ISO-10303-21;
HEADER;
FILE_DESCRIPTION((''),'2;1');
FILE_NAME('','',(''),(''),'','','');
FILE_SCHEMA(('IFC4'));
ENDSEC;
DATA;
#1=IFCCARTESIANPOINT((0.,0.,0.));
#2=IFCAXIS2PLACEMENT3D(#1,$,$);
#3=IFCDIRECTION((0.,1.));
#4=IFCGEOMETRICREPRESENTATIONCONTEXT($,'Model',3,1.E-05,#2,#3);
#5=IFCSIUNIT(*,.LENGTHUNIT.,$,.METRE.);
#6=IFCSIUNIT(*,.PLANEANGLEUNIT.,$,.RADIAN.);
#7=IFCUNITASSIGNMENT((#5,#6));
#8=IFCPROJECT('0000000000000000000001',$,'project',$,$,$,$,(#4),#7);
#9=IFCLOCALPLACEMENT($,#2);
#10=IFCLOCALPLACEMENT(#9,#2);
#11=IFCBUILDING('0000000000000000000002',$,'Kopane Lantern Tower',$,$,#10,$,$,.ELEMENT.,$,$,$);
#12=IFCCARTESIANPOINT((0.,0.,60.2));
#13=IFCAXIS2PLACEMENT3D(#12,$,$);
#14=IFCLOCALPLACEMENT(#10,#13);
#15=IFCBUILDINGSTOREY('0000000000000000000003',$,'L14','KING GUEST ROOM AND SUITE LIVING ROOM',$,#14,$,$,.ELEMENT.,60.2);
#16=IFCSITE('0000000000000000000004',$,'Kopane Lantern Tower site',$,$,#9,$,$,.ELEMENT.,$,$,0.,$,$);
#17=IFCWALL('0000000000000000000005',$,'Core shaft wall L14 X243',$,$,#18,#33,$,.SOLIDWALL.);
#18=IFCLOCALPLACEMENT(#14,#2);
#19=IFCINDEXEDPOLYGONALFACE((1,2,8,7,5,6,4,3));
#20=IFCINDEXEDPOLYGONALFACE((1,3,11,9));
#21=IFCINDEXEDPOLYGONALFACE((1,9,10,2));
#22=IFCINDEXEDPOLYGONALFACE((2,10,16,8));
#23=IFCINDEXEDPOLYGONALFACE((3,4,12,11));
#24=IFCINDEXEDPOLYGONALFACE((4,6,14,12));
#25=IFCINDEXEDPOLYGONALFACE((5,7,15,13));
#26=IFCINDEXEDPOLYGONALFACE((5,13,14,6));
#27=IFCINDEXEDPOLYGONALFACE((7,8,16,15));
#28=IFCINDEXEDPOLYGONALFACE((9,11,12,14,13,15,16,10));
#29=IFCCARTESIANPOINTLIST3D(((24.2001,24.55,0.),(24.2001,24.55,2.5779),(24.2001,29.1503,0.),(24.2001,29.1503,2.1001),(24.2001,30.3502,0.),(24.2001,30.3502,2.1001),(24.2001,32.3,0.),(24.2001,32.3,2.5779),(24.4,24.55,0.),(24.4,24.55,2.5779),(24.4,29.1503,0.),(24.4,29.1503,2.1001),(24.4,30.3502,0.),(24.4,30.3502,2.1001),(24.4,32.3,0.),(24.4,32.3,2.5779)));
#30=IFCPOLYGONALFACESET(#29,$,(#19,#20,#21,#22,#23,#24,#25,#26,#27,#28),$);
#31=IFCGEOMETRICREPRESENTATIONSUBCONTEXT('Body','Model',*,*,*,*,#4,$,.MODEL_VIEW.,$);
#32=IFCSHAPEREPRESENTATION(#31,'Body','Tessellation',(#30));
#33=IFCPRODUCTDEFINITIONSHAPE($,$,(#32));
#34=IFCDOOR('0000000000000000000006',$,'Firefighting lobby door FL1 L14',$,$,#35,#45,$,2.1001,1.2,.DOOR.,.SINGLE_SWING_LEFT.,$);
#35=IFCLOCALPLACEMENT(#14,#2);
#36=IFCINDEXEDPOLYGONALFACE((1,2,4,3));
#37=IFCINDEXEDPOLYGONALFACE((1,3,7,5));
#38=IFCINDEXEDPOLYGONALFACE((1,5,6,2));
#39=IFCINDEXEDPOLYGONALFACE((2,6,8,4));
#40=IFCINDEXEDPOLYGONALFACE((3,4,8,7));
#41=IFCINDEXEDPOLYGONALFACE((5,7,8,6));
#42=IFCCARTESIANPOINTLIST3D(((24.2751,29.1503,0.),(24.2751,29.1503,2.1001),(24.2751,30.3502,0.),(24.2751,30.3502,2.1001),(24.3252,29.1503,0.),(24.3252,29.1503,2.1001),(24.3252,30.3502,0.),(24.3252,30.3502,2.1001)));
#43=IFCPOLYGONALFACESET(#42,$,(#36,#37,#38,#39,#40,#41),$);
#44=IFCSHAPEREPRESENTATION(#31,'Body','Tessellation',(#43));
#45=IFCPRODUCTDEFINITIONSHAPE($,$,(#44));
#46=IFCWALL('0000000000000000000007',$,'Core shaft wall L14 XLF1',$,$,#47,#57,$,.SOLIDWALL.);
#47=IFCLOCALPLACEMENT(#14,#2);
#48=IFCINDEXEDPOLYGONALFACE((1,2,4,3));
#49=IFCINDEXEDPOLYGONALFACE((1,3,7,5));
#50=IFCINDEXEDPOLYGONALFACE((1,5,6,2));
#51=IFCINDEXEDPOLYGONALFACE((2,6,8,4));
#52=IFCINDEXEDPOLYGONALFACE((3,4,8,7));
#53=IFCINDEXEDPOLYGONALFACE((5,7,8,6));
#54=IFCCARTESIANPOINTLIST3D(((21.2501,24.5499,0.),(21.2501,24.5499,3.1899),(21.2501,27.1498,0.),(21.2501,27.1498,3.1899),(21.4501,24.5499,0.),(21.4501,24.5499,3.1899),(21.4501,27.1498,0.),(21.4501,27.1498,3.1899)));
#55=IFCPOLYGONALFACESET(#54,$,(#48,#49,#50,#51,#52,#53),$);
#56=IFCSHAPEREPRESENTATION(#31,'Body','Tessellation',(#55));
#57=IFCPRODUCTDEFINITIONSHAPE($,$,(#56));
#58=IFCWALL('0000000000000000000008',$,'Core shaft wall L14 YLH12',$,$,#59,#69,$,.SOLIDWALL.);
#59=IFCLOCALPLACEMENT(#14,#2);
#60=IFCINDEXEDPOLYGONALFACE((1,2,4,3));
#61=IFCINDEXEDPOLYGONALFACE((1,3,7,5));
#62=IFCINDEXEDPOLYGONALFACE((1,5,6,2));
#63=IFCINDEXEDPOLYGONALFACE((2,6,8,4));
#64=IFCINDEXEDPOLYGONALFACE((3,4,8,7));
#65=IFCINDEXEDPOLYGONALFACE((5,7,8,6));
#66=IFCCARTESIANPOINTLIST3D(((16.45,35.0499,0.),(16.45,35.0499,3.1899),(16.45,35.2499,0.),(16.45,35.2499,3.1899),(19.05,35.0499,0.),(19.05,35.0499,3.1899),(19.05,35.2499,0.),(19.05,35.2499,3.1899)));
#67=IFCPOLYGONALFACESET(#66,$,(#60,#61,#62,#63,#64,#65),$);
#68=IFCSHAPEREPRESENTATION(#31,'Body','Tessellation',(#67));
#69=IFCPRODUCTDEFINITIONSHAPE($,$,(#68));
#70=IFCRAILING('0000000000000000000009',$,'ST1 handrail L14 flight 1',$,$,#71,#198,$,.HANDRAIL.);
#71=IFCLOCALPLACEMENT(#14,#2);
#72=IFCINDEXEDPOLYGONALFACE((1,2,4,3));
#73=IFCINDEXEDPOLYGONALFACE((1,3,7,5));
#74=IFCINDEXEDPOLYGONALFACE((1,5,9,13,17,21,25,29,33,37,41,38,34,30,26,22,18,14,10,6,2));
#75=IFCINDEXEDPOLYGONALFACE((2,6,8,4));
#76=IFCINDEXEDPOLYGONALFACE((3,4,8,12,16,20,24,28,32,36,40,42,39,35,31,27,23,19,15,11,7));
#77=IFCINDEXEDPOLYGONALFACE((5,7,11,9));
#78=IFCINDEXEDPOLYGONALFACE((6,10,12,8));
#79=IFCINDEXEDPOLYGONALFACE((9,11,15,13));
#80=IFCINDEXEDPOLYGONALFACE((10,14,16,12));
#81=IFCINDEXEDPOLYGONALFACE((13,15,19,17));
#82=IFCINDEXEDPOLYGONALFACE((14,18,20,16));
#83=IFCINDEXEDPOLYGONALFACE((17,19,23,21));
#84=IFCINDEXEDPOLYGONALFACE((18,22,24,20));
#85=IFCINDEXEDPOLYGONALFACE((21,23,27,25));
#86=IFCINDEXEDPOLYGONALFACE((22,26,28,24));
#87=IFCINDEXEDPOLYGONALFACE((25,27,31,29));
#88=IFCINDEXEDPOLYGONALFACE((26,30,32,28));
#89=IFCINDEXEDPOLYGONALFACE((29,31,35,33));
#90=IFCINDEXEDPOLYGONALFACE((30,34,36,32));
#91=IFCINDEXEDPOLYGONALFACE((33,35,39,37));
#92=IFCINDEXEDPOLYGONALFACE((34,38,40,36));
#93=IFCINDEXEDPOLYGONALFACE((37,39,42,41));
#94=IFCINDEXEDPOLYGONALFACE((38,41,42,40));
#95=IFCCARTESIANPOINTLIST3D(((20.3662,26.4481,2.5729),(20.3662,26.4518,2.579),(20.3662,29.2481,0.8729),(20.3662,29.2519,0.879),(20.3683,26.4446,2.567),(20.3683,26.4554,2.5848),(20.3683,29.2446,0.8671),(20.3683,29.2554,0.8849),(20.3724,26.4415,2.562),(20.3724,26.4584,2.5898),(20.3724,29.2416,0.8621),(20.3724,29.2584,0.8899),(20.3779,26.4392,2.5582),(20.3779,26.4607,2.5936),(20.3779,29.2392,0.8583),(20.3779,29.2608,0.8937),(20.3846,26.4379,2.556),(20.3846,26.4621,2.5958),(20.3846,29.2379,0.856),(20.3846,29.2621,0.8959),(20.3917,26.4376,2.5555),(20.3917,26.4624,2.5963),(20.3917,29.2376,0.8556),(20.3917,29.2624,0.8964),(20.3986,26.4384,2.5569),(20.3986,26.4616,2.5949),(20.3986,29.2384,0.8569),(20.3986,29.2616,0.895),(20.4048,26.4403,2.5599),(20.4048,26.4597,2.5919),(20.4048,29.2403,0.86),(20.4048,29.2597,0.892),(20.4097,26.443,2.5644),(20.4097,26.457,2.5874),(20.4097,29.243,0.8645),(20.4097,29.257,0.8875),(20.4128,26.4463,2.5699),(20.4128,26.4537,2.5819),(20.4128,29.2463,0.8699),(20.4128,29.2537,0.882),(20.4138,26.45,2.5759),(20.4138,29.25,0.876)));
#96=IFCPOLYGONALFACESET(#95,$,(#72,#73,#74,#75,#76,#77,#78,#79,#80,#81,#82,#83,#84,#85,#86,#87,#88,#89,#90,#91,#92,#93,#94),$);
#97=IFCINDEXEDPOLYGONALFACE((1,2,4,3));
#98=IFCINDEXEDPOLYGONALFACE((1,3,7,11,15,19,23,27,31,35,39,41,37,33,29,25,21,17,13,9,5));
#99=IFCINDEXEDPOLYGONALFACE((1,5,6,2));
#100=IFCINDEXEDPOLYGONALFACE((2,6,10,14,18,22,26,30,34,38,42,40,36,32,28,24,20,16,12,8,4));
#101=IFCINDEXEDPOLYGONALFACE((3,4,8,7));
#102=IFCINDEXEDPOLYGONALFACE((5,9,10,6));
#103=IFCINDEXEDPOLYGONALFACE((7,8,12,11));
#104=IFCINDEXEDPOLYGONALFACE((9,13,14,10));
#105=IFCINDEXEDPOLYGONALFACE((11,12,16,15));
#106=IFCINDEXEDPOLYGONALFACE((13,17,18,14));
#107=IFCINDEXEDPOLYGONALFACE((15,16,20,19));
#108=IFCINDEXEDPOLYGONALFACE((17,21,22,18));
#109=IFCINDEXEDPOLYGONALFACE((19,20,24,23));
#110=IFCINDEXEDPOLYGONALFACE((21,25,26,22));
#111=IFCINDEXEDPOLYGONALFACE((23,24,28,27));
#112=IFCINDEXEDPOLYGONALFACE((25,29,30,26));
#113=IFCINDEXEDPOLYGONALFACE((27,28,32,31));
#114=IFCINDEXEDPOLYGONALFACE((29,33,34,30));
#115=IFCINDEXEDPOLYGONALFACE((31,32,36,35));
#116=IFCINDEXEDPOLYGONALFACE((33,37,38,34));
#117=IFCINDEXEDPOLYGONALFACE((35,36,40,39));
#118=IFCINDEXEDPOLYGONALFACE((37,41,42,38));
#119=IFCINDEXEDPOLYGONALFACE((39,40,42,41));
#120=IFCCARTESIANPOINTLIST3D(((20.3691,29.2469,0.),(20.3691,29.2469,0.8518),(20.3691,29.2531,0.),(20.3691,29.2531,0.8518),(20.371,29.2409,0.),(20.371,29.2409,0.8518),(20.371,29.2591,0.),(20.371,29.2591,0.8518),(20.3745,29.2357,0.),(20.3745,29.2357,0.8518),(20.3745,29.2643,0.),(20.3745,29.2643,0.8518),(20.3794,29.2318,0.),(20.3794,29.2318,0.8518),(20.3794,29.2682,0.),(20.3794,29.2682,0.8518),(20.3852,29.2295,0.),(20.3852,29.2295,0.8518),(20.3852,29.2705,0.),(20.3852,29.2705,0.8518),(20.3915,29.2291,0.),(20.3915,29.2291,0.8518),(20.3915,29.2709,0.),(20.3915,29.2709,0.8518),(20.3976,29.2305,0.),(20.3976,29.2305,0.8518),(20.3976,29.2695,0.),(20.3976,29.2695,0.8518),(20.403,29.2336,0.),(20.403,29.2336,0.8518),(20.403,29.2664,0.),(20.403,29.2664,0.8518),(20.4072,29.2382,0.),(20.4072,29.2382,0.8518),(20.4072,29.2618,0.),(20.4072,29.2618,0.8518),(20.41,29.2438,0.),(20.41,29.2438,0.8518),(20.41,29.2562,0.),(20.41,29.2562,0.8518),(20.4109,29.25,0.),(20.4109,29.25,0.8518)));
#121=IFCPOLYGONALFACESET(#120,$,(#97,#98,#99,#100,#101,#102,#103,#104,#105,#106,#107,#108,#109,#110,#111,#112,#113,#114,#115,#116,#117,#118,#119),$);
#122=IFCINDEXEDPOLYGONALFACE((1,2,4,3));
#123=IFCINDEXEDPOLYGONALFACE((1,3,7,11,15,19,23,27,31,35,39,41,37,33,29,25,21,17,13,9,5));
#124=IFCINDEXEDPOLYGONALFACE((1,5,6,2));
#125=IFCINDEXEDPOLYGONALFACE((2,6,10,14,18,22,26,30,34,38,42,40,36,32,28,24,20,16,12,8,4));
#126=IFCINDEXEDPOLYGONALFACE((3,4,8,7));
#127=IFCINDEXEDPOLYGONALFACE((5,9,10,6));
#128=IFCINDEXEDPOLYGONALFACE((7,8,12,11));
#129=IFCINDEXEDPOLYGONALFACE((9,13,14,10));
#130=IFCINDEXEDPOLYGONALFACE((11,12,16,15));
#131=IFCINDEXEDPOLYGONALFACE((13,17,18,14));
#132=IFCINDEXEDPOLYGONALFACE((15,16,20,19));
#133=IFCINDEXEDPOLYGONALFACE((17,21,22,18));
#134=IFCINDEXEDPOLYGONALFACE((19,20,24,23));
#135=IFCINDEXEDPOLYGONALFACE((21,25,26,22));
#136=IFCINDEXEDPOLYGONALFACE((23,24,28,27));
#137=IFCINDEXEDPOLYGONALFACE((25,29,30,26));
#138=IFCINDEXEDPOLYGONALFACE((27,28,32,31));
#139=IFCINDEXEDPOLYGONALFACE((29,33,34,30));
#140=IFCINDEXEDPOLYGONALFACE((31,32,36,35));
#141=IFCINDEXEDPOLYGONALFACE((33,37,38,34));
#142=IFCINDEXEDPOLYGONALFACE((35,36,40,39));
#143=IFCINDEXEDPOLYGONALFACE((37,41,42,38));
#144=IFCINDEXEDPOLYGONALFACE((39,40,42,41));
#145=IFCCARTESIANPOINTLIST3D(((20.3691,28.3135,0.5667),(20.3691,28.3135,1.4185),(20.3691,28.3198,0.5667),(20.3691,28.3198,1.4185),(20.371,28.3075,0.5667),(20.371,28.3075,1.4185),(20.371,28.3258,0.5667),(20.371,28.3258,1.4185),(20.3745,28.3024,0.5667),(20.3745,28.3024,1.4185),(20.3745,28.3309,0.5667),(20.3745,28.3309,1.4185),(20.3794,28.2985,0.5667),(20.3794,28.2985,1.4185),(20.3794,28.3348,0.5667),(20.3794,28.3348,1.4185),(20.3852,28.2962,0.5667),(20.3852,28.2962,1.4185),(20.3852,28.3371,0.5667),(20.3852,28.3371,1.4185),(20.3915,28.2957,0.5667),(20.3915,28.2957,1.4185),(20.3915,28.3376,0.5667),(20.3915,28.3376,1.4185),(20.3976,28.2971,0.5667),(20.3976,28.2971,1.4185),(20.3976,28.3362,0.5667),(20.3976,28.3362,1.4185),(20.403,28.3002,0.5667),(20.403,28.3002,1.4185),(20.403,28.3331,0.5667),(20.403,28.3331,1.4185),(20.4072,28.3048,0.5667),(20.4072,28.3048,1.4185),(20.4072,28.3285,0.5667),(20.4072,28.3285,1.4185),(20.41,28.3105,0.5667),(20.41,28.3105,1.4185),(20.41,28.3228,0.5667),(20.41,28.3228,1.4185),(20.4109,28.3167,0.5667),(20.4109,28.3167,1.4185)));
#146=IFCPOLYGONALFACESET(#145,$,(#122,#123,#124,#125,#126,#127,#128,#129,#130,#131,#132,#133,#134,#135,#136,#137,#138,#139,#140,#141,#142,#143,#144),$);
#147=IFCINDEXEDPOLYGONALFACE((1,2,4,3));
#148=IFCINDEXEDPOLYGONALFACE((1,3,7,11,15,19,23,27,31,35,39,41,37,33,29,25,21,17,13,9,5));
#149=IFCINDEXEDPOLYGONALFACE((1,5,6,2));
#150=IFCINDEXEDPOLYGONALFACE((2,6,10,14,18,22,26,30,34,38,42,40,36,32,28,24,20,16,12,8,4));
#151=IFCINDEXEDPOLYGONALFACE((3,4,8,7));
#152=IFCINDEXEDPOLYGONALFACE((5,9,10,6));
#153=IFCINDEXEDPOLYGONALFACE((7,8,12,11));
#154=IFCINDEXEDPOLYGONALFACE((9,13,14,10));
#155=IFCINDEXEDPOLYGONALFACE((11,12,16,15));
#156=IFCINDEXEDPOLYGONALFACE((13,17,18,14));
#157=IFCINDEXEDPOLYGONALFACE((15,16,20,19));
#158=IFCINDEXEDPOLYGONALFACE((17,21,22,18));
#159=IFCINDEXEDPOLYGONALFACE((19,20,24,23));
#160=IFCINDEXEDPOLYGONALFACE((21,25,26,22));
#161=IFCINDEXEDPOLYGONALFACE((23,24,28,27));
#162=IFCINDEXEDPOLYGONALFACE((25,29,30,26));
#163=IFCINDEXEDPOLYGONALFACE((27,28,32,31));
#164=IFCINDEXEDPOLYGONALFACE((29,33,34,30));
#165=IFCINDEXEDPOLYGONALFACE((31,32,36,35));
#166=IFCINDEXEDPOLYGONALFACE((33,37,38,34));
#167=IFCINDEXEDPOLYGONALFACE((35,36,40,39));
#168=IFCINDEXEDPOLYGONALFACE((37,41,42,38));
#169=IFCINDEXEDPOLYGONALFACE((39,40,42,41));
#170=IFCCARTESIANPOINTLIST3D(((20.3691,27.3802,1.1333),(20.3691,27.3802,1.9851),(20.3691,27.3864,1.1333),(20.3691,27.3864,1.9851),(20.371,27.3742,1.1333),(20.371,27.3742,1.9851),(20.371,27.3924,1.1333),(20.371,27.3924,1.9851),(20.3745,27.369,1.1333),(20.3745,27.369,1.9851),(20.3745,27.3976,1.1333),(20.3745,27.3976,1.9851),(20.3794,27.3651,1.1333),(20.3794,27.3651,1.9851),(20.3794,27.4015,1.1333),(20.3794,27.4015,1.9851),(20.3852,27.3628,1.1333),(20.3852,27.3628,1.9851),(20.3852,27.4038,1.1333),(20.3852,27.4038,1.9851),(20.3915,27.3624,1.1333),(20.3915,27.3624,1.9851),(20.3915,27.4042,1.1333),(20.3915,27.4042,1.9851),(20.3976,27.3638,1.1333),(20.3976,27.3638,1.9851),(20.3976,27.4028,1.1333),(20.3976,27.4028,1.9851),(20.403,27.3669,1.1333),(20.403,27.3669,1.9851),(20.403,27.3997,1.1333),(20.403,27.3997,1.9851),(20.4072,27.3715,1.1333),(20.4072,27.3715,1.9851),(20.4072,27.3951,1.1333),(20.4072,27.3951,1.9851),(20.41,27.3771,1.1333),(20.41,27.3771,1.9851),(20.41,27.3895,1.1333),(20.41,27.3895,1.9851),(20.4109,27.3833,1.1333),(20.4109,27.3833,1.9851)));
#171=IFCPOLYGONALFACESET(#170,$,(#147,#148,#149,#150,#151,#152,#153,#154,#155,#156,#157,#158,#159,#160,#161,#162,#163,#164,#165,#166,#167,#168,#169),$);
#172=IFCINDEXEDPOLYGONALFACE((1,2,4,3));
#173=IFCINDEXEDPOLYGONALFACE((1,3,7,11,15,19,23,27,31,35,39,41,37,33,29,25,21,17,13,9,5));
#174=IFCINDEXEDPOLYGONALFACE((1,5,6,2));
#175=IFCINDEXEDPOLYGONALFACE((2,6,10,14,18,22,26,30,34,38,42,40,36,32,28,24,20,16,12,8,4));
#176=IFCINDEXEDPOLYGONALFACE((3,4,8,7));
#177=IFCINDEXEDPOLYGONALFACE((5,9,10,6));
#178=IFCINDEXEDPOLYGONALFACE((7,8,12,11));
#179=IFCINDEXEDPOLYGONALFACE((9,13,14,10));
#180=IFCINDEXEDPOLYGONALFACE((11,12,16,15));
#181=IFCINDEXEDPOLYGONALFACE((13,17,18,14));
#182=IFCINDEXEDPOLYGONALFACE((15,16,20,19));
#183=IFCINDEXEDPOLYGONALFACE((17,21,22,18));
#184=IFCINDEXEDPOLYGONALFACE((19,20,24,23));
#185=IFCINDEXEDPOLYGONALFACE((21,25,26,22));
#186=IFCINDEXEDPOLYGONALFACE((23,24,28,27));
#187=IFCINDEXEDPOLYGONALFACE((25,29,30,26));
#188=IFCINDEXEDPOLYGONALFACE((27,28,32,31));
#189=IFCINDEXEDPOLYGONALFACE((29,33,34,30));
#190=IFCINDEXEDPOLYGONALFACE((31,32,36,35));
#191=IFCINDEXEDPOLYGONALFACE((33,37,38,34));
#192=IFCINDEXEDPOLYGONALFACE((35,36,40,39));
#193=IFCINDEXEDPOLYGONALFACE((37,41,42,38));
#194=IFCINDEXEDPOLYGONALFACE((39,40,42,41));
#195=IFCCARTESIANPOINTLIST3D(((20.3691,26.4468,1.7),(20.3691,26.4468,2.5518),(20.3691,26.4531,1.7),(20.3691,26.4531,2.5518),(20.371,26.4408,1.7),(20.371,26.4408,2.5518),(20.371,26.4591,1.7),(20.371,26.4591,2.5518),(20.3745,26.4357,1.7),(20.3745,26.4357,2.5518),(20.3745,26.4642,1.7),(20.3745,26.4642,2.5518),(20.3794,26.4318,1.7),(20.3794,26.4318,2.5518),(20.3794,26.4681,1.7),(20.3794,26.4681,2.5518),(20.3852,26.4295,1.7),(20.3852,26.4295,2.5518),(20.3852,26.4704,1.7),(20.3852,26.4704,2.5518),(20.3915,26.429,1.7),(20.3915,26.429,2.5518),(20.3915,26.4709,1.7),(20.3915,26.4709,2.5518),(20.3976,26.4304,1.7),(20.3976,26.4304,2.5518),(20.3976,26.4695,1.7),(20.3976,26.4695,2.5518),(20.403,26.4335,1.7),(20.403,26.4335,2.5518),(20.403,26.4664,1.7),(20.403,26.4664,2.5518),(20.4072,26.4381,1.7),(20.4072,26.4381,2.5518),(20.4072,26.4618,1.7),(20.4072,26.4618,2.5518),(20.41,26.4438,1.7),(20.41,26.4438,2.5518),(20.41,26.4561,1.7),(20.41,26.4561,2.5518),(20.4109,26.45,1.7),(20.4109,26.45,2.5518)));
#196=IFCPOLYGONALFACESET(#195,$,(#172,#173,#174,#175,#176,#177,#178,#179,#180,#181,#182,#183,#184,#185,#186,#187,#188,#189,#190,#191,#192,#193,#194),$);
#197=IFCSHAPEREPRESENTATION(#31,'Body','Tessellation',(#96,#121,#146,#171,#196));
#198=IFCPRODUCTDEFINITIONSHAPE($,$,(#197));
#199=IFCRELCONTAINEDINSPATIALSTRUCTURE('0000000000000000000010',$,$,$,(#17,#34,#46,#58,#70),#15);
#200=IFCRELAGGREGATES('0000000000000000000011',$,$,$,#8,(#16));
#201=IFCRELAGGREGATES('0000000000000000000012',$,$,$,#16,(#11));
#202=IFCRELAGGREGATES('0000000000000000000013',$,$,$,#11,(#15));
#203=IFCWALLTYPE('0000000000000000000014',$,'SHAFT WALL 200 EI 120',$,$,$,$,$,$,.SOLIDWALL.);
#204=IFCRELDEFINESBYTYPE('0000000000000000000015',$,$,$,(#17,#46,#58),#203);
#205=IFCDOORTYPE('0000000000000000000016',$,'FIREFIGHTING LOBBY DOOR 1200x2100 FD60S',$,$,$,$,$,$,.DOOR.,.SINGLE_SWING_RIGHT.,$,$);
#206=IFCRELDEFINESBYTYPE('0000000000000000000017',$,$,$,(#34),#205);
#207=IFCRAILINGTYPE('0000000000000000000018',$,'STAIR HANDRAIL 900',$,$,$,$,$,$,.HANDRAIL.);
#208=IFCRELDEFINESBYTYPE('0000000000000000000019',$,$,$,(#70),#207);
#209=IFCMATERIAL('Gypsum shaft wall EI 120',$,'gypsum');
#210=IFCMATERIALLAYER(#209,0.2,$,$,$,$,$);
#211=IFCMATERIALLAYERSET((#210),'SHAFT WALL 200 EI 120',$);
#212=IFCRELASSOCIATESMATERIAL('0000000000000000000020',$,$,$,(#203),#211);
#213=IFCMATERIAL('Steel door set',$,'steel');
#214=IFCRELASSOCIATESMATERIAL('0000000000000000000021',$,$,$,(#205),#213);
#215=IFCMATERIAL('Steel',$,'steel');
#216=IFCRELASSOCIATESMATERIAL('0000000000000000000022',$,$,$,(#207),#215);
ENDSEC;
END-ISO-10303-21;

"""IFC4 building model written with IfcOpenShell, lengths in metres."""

from ifc_helpers import new_model, si_unit, direction, frame, frame_2d, origin, origin_2d, place, context, subcontext, project, spatial, rectangle, circle, extrude, material, layer, layer_set, type_object, element, fill, save


model = new_model("IFC4")

# Units and contexts
model_context = context("Model", 3, precision=1e-05, world=origin(), true_north=direction((0.0, 1.0)))
body_context = subcontext(model_context, "Body", "Model", "MODEL_VIEW")
ifc_project = project(units=[si_unit("LENGTHUNIT", "METRE"), si_unit("PLANEANGLEUNIT", "RADIAN")], contexts=[model_context])

# Site, building, storey
site_placement = place(None, origin())
site = spatial("IfcSite", under=ifc_project, at=site_placement, Name="Kopane Lantern Tower site", CompositionType="ELEMENT", RefElevation=0.0)
building_placement = place(site_placement, origin())
building = spatial("IfcBuilding", under=site, at=building_placement, Name="Kopane Lantern Tower", CompositionType="ELEMENT")
storey_placement = place(building_placement, frame((0.0, 0.0, 60.2)))
storey = spatial("IfcBuildingStorey", under=building, at=storey_placement, Name="L14", Description="KING GUEST ROOM AND SUITE LIVING ROOM", CompositionType="ELEMENT", Elevation=60.2)

# Shared definitions
ifc_material_1 = material(Name="Gypsum shaft wall EI 120", Category="gypsum")
ifc_layer_1 = layer(ifc_material_1, 0.2)
ifc_layer_set_1 = layer_set([ifc_layer_1], Name="SHAFT WALL 200 EI 120")
wall_type_1 = type_object("IfcWallType", Name="SHAFT WALL 200 EI 120", PredefinedType="SOLIDWALL", material=ifc_layer_set_1)

# Wall, opening, door
wall_1_placement = place(storey_placement, frame((24.3, 24.55, 0.0), z_axis=(0.0, 0.0, 1.0), x_axis=(0.0, 1.0, 0.0)))
wall_1 = element("IfcWall", 1, at=wall_1_placement, inside=storey, type_object=wall_type_1, Name="Core shaft wall L14 X243", PredefinedType="SOLIDWALL", context=body_context, shape_type="SweptSolid", body=[
    extrude(rectangle(XDim=7.75, YDim=0.2, at=frame_2d((3.875, 0.0))), origin(), (0.0, 0.0, 1.0), 2.5779),
])
opening_1_placement = place(wall_1_placement, frame((4.6001, 0.0, 0.0)))
opening_1 = element("IfcOpeningElement", 2, at=opening_1_placement, cuts=wall_1, PredefinedType="OPENING", context=body_context, shape_type="SweptSolid", body=[
    extrude(rectangle(XDim=1.2, YDim=2.1001, at=frame_2d((0.6001, 1.05))), frame((0.0, 0.1099, 0.0), z_axis=(0.0, -1.0, 0.0), x_axis=(1.0, 0.0, 0.0)), (0.0, 0.0, 1.0), 0.22),
])
ifc_material_2 = material(Name="Steel door set", Category="steel")
door_type_1 = type_object("IfcDoorType", Name="FIREFIGHTING LOBBY DOOR 1200x2100 FD60S", OperationType="SINGLE_SWING_RIGHT", PredefinedType="DOOR", material=ifc_material_2)
door_1_placement = place(opening_1_placement, origin())
door_1 = element("IfcDoor", 3, at=door_1_placement, inside=storey, type_object=door_type_1, Name="Firefighting lobby door FL1 L14", OperationType="SINGLE_SWING_LEFT", OverallHeight=2.1001, OverallWidth=1.2, PredefinedType="DOOR", context=body_context, shape_type="SweptSolid", body=[
    extrude(rectangle(XDim=1.2, YDim=2.1001, at=frame_2d((0.6001, 1.05))), frame((0.0, 0.0249, 0.0), z_axis=(0.0, -1.0, 0.0), x_axis=(1.0, 0.0, 0.0)), (0.0, 0.0, 1.0), 0.05),
])
fill(opening_1, door_1)

# Walls
wall_2_placement = place(storey_placement, frame((21.3501, 24.55, 0.0), z_axis=(0.0, 0.0, 1.0), x_axis=(0.0, 1.0, 0.0)))
element("IfcWall", 4, at=wall_2_placement, inside=storey, type_object=wall_type_1, Name="Core shaft wall L14 XLF1", PredefinedType="SOLIDWALL", context=body_context, shape_type="SweptSolid", body=[
    extrude(rectangle(XDim=2.5999, YDim=0.2, at=frame_2d((1.2998, 0.0))), origin(), (0.0, 0.0, 1.0), 3.1899),
])
wall_3_placement = place(storey_placement, frame((16.45, 35.1499, 0.0), z_axis=(0.0, 0.0, 1.0), x_axis=(1.0, 0.0, 0.0)))
element("IfcWall", 5, at=wall_3_placement, inside=storey, type_object=wall_type_1, Name="Core shaft wall L14 YLH12", PredefinedType="SOLIDWALL", context=body_context, shape_type="SweptSolid", body=[
    extrude(rectangle(XDim=2.6001, YDim=0.2, at=frame_2d((1.3, 0.0))), origin(), (0.0, 0.0, 1.0), 3.1899),
])

# Railing
ifc_material_3 = material(Name="Steel", Category="steel")
railing_type_1 = type_object("IfcRailingType", Name="STAIR HANDRAIL 900", PredefinedType="HANDRAIL", material=ifc_material_3)
for number, where, name in (
    (6, (20.3899, 29.25, 0.0), "ST1 handrail L14 flight 1"),
):
    element("IfcRailing", number, at=place(storey_placement, frame(where)), inside=storey, type_object=railing_type_1, Name=name, PredefinedType="HANDRAIL", context=body_context, shape_type="SweptSolid", body=[
        extrude(circle(Radius=0.0239, at=origin_2d()), frame((0.0, 0.0, 0.876), z_axis=(0.0, -0.854798, 0.518961), x_axis=(1.0, 0.0, 0.0)), (0.0, 0.0, 1.0), 3.2756),
        extrude(circle(Radius=0.021, at=origin_2d()), origin(), (0.0, 0.0, 1.0), 0.8518),
        extrude(circle(Radius=0.021, at=origin_2d()), frame((0.0, -0.9333, 0.5667)), (0.0, 0.0, 1.0), 0.8518),
        extrude(circle(Radius=0.021, at=origin_2d()), frame((0.0, -1.8667, 1.1333)), (0.0, 0.0, 1.0), 0.8518),
        extrude(circle(Radius=0.021, at=origin_2d()), frame((0.0, -2.8, 1.7)), (0.0, 0.0, 1.0), 0.8518),
    ])

save(model, "model.ifc")
